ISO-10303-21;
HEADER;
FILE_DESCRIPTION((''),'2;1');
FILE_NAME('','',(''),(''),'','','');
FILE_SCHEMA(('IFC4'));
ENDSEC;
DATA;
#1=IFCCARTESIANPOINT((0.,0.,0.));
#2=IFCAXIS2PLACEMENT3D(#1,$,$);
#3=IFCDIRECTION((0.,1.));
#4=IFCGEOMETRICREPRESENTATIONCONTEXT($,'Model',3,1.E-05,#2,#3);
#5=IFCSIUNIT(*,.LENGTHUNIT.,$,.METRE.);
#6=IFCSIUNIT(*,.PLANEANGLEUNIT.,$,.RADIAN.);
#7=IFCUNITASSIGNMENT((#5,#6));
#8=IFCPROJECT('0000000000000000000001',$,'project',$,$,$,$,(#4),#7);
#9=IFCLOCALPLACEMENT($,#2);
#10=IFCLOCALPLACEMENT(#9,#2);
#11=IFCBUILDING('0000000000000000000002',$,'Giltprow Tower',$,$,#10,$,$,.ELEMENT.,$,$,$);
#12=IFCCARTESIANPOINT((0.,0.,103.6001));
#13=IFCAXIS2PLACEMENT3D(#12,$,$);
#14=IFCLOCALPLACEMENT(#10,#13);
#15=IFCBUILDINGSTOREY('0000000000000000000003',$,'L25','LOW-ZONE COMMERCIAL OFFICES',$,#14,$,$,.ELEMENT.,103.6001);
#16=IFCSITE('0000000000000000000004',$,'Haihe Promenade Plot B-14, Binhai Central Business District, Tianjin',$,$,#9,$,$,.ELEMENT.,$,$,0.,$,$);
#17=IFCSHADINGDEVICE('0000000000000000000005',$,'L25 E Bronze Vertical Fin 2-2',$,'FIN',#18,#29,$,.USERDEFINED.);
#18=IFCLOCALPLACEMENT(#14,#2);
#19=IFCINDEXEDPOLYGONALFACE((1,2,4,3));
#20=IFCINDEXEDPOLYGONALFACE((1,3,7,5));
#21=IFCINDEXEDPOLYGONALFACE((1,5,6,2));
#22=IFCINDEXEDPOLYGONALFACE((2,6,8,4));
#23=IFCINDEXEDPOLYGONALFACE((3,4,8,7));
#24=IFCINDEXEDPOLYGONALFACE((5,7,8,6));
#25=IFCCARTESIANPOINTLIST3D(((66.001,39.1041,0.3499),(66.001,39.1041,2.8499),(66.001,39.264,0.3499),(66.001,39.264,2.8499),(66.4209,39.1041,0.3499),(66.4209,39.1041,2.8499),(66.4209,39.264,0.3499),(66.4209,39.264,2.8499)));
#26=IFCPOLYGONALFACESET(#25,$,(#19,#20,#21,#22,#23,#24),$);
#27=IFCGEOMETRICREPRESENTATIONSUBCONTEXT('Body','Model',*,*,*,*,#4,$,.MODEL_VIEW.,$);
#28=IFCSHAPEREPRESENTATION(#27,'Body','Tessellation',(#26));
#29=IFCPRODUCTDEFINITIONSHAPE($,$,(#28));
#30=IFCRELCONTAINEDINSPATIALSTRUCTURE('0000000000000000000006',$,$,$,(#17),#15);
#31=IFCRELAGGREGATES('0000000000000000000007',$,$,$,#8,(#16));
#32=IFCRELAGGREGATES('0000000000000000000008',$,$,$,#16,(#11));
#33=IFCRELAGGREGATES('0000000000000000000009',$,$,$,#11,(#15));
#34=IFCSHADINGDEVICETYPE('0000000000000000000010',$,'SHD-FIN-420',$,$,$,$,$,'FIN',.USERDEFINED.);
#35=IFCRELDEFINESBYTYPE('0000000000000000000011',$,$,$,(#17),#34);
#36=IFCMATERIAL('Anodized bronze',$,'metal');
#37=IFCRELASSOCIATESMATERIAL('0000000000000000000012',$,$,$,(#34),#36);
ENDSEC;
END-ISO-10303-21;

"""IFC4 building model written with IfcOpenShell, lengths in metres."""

from ifc_helpers import new_model, si_unit, direction, frame, origin, origin_2d, place, context, subcontext, project, spatial, rectangle, extrude, source, transform, mapped, material, type_object, element, save


model = new_model("IFC4")

# Units and contexts
model_context = context("Model", 3, precision=1e-05, world=origin(), true_north=direction((0.0, 1.0)))
body_context = subcontext(model_context, "Body", "Model", "MODEL_VIEW")
ifc_project = project(units=[si_unit("LENGTHUNIT", "METRE"), si_unit("PLANEANGLEUNIT", "RADIAN")], contexts=[model_context])

# Site, building, storey
site_placement = place(None, origin())
site = spatial("IfcSite", under=ifc_project, at=site_placement, Name="Haihe Promenade Plot B-14, Binhai Central Business District, Tianjin", CompositionType="ELEMENT", RefElevation=0.0)
building_placement = place(site_placement, origin())
building = spatial("IfcBuilding", under=site, at=building_placement, Name="Giltprow Tower", CompositionType="ELEMENT")
storey_placement = place(building_placement, frame((0.0, 0.0, 103.6001)))
storey = spatial("IfcBuildingStorey", under=building, at=storey_placement, Name="L25", Description="LOW-ZONE COMMERCIAL OFFICES", CompositionType="ELEMENT", Elevation=103.6001)

# Shared definitions
ifc_material_1 = material(Name="Anodized bronze", Category="metal")

# Shading device
shading_device_type = type_object("IfcShadingDeviceType", Name="SHD-FIN-420", ElementType="FIN", PredefinedType="USERDEFINED", material=ifc_material_1)
shared_shape_1 = source(origin(), body_context, "Body", "SweptSolid", [
    extrude(rectangle(XDim=0.4199, YDim=0.1599, at=origin_2d()), origin(), (0.0, 0.0, 1.0), 2.5),
])
for number, where, z_axis, x_axis, name in (
    (1, (66.2109, 39.1841, 0.3499), (0.0, 0.0, 1.0), (1.0, 0.0, 0.0), "L25 E Bronze Vertical Fin 2-2"),
):
    element("IfcShadingDevice", number, at=place(storey_placement, frame(where, z_axis=z_axis, x_axis=x_axis)), inside=storey, type_object=shading_device_type, Name=name, ObjectType="FIN", PredefinedType="USERDEFINED", context=body_context, shape_type="MappedRepresentation", body=[
        mapped(shared_shape_1, transform((0.0, 0.0, 0.0), x_axis=(1.0, 0.0, 0.0), y_axis=(0.0, 1.0, 0.0), z_axis=(0.0, 0.0, 1.0), scale=1.0)),
    ])

save(model, "model.ifc")
